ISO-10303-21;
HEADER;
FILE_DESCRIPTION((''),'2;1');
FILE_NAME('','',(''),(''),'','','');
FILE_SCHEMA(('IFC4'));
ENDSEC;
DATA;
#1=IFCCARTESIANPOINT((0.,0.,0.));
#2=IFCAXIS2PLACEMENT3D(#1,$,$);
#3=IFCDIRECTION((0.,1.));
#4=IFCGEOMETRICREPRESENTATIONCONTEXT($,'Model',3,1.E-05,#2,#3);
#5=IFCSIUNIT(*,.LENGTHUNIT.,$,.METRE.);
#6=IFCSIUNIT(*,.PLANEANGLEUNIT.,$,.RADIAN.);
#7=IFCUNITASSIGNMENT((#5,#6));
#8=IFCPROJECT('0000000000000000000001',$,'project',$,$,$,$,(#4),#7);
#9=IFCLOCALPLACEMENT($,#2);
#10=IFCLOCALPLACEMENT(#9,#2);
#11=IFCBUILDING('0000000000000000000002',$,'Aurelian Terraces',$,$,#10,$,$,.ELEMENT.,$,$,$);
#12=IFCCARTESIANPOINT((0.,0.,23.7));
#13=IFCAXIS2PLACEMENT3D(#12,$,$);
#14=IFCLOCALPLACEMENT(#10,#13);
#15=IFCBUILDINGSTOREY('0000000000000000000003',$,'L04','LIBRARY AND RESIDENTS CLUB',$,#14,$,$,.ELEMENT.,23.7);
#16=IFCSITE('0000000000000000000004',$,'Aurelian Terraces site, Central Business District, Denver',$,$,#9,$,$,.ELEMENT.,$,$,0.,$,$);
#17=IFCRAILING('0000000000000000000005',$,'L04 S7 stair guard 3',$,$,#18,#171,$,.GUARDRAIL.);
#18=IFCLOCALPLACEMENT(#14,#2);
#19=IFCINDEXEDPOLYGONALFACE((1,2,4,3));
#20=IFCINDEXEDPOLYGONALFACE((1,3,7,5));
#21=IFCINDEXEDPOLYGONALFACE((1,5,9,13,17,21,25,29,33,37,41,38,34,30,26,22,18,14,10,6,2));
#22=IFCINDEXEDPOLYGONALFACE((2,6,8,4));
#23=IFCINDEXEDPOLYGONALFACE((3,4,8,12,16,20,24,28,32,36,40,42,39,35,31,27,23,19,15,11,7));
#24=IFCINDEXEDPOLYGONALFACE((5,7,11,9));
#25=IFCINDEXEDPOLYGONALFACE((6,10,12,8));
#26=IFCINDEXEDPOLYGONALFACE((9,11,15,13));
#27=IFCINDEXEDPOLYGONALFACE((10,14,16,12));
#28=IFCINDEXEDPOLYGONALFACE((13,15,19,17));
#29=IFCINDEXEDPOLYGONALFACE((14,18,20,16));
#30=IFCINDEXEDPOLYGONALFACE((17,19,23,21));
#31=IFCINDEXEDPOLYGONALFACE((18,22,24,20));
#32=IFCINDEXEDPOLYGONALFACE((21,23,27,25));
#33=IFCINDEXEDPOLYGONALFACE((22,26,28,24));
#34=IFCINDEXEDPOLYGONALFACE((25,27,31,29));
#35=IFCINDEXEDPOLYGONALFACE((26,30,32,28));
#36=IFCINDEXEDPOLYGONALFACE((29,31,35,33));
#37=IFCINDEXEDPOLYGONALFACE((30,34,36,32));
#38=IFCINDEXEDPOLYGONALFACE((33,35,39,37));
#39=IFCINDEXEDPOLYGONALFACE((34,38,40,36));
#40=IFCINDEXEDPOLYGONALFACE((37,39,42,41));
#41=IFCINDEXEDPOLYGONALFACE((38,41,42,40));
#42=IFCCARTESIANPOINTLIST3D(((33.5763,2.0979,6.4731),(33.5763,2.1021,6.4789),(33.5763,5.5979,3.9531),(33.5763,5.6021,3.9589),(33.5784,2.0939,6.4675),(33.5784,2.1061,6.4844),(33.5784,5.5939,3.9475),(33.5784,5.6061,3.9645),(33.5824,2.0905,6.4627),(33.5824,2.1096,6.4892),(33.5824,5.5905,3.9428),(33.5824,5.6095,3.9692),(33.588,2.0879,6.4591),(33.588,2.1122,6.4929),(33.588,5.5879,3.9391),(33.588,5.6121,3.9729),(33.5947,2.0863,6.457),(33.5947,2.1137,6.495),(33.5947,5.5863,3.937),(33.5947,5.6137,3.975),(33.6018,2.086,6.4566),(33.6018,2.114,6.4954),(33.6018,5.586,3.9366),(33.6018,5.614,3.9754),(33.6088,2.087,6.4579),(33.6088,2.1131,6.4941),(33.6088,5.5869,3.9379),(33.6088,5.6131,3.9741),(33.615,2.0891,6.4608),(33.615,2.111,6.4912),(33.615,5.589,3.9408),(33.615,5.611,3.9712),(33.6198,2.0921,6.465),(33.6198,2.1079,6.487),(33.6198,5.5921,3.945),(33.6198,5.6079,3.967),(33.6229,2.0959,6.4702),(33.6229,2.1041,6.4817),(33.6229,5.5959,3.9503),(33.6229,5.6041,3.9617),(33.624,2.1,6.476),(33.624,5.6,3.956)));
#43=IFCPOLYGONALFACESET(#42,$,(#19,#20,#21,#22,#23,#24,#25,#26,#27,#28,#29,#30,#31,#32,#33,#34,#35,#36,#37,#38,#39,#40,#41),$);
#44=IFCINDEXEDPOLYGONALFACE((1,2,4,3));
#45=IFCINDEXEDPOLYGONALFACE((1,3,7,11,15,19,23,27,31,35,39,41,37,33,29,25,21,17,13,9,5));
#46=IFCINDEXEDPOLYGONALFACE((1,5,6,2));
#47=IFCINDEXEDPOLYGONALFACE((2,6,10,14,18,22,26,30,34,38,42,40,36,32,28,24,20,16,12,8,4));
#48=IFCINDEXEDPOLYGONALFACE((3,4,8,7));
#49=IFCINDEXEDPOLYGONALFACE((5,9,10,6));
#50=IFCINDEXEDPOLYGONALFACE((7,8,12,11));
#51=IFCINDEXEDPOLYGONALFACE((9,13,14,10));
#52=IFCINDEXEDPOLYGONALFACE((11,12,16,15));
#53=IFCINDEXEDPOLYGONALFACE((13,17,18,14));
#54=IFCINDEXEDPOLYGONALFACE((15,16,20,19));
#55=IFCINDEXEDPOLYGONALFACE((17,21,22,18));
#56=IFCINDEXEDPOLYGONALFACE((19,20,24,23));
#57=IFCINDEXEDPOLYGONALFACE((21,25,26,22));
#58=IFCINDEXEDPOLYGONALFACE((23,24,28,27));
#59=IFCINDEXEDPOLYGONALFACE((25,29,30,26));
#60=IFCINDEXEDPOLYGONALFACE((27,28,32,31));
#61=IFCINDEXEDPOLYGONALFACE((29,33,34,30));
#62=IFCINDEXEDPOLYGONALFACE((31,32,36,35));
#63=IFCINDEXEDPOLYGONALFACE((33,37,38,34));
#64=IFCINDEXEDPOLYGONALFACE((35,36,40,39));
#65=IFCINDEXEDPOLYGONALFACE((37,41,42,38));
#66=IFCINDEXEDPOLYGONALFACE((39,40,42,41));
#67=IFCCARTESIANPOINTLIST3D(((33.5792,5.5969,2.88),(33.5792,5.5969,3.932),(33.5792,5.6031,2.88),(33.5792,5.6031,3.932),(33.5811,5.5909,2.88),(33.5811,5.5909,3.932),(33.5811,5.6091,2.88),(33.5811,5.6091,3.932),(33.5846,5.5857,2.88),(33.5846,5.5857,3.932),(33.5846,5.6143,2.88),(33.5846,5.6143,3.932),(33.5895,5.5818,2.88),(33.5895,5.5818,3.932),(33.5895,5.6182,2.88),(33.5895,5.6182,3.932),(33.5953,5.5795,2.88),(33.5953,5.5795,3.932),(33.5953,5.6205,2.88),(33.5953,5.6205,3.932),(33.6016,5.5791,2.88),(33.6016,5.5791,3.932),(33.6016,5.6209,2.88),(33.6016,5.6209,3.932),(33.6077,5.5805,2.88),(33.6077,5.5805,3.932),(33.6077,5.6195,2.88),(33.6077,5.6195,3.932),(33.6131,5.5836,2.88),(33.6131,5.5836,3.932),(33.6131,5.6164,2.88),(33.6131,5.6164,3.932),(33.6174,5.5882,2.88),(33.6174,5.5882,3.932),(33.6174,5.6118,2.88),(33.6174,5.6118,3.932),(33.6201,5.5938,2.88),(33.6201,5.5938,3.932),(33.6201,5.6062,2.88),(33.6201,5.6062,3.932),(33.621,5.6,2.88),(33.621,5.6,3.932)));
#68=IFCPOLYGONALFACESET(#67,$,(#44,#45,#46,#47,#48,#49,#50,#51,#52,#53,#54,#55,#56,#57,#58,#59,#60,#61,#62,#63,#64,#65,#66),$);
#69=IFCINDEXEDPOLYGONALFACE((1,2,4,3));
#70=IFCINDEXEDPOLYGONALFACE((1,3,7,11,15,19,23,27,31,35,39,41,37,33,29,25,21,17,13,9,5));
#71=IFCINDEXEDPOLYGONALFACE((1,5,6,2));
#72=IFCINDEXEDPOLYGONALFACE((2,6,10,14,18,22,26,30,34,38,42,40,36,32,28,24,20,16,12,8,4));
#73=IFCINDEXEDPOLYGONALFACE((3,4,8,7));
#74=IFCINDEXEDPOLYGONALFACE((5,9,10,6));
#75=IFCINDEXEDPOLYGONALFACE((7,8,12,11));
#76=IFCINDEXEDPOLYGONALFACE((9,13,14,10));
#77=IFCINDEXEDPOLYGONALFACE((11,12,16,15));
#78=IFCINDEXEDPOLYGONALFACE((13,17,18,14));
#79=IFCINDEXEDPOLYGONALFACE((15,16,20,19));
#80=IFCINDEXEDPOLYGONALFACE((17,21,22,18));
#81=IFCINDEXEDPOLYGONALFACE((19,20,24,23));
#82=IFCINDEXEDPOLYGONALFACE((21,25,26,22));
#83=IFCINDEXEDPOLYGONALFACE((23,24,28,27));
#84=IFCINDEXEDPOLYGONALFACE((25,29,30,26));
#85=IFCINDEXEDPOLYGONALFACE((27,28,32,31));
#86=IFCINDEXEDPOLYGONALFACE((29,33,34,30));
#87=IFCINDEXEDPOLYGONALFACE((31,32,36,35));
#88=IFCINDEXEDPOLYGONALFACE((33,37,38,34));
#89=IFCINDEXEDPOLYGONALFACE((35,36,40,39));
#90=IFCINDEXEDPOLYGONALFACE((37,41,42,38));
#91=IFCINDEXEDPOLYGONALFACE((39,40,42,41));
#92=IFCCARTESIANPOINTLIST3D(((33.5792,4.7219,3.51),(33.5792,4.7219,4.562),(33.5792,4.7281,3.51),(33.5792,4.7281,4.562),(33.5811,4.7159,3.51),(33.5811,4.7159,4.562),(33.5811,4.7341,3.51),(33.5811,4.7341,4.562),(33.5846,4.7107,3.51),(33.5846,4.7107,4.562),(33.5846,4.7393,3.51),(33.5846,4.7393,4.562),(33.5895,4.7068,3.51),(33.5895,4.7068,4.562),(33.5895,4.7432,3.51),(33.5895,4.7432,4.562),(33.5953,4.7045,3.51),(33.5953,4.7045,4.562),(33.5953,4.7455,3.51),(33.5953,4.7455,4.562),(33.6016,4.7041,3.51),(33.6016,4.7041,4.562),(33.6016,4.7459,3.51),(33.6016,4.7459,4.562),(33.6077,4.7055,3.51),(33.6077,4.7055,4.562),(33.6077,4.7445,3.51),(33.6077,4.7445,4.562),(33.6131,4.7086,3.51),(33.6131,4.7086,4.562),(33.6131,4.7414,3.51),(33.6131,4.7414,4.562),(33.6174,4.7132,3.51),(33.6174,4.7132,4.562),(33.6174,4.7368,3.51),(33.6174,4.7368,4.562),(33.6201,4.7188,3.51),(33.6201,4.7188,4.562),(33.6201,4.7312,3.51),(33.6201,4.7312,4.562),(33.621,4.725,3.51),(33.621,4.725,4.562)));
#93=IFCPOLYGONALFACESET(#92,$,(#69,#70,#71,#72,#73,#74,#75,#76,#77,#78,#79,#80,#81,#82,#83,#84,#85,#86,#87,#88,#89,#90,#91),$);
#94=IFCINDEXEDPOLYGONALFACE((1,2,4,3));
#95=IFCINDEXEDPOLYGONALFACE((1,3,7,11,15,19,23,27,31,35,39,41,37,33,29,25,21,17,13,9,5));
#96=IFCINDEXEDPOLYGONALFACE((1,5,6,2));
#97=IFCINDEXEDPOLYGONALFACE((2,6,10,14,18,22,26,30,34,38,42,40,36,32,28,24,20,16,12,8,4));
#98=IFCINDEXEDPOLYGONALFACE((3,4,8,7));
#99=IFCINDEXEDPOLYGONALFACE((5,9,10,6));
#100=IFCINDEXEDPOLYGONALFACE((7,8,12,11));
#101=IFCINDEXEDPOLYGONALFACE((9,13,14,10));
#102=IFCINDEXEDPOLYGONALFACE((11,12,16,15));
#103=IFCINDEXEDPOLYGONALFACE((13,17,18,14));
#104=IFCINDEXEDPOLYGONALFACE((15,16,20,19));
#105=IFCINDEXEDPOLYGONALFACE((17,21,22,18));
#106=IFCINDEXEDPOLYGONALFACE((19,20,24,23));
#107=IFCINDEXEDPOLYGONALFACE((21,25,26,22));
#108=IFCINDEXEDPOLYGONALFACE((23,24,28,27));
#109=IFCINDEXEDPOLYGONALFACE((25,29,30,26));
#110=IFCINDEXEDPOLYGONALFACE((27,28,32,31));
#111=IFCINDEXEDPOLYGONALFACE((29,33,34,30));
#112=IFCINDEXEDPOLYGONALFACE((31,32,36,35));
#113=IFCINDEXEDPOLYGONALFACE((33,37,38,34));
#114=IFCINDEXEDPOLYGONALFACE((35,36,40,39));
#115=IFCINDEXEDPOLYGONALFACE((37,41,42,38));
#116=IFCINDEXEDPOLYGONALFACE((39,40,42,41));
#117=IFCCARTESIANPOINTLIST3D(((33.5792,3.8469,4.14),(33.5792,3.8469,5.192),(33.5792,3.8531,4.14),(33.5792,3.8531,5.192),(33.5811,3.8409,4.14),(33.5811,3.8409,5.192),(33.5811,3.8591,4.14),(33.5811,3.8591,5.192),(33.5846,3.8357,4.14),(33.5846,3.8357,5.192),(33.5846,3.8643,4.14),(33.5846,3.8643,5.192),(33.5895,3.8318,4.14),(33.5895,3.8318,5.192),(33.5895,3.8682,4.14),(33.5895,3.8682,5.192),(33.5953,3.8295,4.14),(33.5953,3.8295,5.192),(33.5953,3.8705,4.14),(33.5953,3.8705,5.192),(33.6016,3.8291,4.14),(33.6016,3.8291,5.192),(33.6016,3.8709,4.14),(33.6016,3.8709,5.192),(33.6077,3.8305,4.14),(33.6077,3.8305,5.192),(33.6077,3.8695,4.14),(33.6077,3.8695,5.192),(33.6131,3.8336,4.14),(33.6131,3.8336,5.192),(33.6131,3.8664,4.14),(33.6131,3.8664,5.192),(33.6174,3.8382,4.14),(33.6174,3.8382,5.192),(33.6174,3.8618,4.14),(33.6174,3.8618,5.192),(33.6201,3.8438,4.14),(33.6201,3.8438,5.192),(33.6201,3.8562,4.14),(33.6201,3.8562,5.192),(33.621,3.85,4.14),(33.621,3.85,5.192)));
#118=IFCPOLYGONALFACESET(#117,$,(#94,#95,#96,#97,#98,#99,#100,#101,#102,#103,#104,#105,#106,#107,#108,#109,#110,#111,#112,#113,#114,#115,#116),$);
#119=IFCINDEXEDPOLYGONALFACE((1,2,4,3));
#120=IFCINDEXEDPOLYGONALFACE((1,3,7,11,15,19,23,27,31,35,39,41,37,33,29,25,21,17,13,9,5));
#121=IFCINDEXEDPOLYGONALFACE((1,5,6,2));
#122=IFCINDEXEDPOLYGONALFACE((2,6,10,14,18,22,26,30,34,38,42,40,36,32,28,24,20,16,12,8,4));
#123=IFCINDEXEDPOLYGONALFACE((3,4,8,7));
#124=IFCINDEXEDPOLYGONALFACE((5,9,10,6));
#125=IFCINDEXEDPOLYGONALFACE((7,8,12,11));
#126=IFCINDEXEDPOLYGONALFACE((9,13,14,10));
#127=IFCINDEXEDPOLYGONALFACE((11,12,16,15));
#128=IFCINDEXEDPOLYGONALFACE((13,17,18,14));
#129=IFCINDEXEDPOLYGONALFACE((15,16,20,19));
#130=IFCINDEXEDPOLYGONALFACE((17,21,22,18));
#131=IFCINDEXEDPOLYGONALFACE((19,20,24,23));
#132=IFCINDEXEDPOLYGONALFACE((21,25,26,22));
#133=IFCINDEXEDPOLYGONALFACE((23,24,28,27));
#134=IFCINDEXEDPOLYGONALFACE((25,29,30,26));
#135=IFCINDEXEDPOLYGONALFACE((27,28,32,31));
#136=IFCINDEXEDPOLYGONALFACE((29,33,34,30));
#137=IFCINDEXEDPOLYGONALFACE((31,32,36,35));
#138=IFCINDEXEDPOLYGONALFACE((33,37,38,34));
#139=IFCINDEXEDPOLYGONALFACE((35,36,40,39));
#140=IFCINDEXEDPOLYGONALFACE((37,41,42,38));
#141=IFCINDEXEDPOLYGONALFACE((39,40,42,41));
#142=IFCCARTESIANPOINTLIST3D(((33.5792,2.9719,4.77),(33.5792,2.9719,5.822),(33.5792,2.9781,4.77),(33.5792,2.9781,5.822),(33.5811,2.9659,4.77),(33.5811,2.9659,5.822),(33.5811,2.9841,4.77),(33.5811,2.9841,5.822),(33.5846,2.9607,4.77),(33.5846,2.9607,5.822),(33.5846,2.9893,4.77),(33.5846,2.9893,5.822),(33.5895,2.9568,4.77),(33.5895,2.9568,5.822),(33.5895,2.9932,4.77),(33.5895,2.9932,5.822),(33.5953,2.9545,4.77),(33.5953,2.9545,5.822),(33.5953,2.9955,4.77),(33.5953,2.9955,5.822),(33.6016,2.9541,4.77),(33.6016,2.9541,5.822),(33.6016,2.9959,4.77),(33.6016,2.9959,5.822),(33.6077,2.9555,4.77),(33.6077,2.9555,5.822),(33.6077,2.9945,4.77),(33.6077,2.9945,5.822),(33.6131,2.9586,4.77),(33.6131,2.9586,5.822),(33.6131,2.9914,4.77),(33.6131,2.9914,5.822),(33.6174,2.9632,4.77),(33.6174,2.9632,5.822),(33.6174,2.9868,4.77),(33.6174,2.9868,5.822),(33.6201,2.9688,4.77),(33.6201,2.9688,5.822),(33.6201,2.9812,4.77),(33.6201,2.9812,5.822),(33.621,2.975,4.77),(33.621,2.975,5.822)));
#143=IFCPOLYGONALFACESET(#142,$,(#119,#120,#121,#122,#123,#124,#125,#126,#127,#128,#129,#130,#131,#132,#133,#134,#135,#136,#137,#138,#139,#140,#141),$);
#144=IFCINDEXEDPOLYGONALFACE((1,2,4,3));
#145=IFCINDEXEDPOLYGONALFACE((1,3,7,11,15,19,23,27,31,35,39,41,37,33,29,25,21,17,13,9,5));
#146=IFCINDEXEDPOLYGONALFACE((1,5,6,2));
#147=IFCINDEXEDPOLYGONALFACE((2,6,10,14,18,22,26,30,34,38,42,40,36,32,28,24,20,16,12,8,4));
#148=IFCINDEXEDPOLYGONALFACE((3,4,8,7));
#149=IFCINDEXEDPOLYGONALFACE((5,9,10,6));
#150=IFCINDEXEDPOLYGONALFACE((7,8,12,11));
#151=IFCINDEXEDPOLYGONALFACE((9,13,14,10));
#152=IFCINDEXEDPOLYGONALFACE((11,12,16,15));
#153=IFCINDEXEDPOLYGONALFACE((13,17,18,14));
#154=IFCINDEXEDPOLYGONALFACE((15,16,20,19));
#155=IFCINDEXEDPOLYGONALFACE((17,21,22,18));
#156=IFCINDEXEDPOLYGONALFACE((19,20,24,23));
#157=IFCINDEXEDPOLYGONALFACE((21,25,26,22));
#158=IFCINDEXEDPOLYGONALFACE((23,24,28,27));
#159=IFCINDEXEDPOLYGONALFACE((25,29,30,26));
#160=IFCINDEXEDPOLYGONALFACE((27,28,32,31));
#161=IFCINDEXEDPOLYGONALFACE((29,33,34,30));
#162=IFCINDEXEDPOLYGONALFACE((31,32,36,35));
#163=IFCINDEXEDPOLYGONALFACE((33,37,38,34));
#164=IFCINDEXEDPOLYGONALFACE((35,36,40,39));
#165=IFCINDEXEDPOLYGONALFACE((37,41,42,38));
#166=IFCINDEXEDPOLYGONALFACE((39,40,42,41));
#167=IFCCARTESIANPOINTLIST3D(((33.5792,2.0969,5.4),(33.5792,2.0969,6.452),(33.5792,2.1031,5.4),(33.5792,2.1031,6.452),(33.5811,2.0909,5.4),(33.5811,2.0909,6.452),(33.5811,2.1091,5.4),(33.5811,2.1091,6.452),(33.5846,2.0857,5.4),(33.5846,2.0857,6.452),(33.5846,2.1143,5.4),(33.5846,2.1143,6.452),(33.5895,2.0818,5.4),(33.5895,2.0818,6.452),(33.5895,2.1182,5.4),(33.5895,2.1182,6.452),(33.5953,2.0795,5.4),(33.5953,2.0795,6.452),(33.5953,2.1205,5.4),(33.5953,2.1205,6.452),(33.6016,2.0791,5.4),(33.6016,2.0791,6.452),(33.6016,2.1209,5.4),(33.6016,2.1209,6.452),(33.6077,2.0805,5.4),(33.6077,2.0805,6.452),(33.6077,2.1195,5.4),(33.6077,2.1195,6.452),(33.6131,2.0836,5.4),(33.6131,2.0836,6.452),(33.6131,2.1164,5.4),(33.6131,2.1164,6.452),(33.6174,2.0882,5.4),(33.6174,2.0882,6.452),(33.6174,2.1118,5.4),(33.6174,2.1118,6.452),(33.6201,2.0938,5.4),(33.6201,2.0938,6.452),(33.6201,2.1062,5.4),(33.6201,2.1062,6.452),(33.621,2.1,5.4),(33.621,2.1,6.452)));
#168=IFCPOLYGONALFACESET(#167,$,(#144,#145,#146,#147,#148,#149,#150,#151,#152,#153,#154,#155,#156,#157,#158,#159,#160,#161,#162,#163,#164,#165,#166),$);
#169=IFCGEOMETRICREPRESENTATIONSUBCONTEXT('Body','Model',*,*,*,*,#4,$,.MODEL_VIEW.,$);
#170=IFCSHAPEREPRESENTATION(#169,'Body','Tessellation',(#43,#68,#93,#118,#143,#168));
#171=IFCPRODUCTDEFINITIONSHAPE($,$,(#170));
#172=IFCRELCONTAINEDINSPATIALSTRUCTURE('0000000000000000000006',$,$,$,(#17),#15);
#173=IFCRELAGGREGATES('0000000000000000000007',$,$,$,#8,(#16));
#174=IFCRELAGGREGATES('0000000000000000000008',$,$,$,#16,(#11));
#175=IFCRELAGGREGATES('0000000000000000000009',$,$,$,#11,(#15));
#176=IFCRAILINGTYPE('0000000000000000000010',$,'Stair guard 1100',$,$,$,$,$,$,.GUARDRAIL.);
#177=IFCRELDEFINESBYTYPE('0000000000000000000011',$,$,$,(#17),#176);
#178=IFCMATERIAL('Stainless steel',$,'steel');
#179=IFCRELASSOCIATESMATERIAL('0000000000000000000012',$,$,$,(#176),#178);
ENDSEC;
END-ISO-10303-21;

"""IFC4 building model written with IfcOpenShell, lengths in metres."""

from ifc_helpers import new_model, si_unit, direction, frame, origin, origin_2d, place, context, subcontext, project, spatial, circle, extrude, source, transform, mapped, material, type_object, element, save


model = new_model("IFC4")

# Units and contexts
model_context = context("Model", 3, precision=1e-05, world=origin(), true_north=direction((0.0, 1.0)))
body_context = subcontext(model_context, "Body", "Model", "MODEL_VIEW")
ifc_project = project(units=[si_unit("LENGTHUNIT", "METRE"), si_unit("PLANEANGLEUNIT", "RADIAN")], contexts=[model_context])

# Site, building, storey
site_placement = place(None, origin())
site = spatial("IfcSite", under=ifc_project, at=site_placement, Name="Aurelian Terraces site, Central Business District, Denver", CompositionType="ELEMENT", RefElevation=0.0)
building_placement = place(site_placement, origin())
building = spatial("IfcBuilding", under=site, at=building_placement, Name="Aurelian Terraces", CompositionType="ELEMENT")
storey_placement = place(building_placement, frame((0.0, 0.0, 23.7)))
storey = spatial("IfcBuildingStorey", under=building, at=storey_placement, Name="L04", Description="LIBRARY AND RESIDENTS CLUB", CompositionType="ELEMENT", Elevation=23.7)

# Railing
ifc_material_1 = material(Name="Stainless steel", Category="steel")
railing_type_1 = type_object("IfcRailingType", Name="Stair guard 1100", PredefinedType="GUARDRAIL", material=ifc_material_1)
shared_shape_1 = source(origin(), body_context, "Body", "SweptSolid", [
    extrude(circle(Radius=0.024, at=origin_2d()), frame((0.0, 0.0, 1.076), z_axis=(0.0, -0.811534, 0.584305), x_axis=(1.0, 0.0, 0.0)), (0.0, 0.0, 1.0), 4.3128),
    extrude(circle(Radius=0.021, at=origin_2d()), origin(), (0.0, 0.0, 1.0), 1.052),
    extrude(circle(Radius=0.021, at=origin_2d()), frame((0.0, -0.875, 0.63)), (0.0, 0.0, 1.0), 1.052),
    extrude(circle(Radius=0.021, at=origin_2d()), frame((0.0, -1.75, 1.26)), (0.0, 0.0, 1.0), 1.052),
    extrude(circle(Radius=0.021, at=origin_2d()), frame((0.0, -2.625, 1.89)), (0.0, 0.0, 1.0), 1.052),
    extrude(circle(Radius=0.021, at=origin_2d()), frame((0.0, -3.5, 2.52)), (0.0, 0.0, 1.0), 1.052),
])
railing_1_placement = place(storey_placement, frame((33.6, 5.6, 2.88)))
element("IfcRailing", 1, at=railing_1_placement, inside=storey, type_object=railing_type_1, Name="L04 S7 stair guard 3", PredefinedType="GUARDRAIL", context=body_context, shape_type="MappedRepresentation", body=[
    mapped(shared_shape_1, transform((0.0, 0.0, 0.0), scale=1.0)),
])

save(model, "model.ifc")
